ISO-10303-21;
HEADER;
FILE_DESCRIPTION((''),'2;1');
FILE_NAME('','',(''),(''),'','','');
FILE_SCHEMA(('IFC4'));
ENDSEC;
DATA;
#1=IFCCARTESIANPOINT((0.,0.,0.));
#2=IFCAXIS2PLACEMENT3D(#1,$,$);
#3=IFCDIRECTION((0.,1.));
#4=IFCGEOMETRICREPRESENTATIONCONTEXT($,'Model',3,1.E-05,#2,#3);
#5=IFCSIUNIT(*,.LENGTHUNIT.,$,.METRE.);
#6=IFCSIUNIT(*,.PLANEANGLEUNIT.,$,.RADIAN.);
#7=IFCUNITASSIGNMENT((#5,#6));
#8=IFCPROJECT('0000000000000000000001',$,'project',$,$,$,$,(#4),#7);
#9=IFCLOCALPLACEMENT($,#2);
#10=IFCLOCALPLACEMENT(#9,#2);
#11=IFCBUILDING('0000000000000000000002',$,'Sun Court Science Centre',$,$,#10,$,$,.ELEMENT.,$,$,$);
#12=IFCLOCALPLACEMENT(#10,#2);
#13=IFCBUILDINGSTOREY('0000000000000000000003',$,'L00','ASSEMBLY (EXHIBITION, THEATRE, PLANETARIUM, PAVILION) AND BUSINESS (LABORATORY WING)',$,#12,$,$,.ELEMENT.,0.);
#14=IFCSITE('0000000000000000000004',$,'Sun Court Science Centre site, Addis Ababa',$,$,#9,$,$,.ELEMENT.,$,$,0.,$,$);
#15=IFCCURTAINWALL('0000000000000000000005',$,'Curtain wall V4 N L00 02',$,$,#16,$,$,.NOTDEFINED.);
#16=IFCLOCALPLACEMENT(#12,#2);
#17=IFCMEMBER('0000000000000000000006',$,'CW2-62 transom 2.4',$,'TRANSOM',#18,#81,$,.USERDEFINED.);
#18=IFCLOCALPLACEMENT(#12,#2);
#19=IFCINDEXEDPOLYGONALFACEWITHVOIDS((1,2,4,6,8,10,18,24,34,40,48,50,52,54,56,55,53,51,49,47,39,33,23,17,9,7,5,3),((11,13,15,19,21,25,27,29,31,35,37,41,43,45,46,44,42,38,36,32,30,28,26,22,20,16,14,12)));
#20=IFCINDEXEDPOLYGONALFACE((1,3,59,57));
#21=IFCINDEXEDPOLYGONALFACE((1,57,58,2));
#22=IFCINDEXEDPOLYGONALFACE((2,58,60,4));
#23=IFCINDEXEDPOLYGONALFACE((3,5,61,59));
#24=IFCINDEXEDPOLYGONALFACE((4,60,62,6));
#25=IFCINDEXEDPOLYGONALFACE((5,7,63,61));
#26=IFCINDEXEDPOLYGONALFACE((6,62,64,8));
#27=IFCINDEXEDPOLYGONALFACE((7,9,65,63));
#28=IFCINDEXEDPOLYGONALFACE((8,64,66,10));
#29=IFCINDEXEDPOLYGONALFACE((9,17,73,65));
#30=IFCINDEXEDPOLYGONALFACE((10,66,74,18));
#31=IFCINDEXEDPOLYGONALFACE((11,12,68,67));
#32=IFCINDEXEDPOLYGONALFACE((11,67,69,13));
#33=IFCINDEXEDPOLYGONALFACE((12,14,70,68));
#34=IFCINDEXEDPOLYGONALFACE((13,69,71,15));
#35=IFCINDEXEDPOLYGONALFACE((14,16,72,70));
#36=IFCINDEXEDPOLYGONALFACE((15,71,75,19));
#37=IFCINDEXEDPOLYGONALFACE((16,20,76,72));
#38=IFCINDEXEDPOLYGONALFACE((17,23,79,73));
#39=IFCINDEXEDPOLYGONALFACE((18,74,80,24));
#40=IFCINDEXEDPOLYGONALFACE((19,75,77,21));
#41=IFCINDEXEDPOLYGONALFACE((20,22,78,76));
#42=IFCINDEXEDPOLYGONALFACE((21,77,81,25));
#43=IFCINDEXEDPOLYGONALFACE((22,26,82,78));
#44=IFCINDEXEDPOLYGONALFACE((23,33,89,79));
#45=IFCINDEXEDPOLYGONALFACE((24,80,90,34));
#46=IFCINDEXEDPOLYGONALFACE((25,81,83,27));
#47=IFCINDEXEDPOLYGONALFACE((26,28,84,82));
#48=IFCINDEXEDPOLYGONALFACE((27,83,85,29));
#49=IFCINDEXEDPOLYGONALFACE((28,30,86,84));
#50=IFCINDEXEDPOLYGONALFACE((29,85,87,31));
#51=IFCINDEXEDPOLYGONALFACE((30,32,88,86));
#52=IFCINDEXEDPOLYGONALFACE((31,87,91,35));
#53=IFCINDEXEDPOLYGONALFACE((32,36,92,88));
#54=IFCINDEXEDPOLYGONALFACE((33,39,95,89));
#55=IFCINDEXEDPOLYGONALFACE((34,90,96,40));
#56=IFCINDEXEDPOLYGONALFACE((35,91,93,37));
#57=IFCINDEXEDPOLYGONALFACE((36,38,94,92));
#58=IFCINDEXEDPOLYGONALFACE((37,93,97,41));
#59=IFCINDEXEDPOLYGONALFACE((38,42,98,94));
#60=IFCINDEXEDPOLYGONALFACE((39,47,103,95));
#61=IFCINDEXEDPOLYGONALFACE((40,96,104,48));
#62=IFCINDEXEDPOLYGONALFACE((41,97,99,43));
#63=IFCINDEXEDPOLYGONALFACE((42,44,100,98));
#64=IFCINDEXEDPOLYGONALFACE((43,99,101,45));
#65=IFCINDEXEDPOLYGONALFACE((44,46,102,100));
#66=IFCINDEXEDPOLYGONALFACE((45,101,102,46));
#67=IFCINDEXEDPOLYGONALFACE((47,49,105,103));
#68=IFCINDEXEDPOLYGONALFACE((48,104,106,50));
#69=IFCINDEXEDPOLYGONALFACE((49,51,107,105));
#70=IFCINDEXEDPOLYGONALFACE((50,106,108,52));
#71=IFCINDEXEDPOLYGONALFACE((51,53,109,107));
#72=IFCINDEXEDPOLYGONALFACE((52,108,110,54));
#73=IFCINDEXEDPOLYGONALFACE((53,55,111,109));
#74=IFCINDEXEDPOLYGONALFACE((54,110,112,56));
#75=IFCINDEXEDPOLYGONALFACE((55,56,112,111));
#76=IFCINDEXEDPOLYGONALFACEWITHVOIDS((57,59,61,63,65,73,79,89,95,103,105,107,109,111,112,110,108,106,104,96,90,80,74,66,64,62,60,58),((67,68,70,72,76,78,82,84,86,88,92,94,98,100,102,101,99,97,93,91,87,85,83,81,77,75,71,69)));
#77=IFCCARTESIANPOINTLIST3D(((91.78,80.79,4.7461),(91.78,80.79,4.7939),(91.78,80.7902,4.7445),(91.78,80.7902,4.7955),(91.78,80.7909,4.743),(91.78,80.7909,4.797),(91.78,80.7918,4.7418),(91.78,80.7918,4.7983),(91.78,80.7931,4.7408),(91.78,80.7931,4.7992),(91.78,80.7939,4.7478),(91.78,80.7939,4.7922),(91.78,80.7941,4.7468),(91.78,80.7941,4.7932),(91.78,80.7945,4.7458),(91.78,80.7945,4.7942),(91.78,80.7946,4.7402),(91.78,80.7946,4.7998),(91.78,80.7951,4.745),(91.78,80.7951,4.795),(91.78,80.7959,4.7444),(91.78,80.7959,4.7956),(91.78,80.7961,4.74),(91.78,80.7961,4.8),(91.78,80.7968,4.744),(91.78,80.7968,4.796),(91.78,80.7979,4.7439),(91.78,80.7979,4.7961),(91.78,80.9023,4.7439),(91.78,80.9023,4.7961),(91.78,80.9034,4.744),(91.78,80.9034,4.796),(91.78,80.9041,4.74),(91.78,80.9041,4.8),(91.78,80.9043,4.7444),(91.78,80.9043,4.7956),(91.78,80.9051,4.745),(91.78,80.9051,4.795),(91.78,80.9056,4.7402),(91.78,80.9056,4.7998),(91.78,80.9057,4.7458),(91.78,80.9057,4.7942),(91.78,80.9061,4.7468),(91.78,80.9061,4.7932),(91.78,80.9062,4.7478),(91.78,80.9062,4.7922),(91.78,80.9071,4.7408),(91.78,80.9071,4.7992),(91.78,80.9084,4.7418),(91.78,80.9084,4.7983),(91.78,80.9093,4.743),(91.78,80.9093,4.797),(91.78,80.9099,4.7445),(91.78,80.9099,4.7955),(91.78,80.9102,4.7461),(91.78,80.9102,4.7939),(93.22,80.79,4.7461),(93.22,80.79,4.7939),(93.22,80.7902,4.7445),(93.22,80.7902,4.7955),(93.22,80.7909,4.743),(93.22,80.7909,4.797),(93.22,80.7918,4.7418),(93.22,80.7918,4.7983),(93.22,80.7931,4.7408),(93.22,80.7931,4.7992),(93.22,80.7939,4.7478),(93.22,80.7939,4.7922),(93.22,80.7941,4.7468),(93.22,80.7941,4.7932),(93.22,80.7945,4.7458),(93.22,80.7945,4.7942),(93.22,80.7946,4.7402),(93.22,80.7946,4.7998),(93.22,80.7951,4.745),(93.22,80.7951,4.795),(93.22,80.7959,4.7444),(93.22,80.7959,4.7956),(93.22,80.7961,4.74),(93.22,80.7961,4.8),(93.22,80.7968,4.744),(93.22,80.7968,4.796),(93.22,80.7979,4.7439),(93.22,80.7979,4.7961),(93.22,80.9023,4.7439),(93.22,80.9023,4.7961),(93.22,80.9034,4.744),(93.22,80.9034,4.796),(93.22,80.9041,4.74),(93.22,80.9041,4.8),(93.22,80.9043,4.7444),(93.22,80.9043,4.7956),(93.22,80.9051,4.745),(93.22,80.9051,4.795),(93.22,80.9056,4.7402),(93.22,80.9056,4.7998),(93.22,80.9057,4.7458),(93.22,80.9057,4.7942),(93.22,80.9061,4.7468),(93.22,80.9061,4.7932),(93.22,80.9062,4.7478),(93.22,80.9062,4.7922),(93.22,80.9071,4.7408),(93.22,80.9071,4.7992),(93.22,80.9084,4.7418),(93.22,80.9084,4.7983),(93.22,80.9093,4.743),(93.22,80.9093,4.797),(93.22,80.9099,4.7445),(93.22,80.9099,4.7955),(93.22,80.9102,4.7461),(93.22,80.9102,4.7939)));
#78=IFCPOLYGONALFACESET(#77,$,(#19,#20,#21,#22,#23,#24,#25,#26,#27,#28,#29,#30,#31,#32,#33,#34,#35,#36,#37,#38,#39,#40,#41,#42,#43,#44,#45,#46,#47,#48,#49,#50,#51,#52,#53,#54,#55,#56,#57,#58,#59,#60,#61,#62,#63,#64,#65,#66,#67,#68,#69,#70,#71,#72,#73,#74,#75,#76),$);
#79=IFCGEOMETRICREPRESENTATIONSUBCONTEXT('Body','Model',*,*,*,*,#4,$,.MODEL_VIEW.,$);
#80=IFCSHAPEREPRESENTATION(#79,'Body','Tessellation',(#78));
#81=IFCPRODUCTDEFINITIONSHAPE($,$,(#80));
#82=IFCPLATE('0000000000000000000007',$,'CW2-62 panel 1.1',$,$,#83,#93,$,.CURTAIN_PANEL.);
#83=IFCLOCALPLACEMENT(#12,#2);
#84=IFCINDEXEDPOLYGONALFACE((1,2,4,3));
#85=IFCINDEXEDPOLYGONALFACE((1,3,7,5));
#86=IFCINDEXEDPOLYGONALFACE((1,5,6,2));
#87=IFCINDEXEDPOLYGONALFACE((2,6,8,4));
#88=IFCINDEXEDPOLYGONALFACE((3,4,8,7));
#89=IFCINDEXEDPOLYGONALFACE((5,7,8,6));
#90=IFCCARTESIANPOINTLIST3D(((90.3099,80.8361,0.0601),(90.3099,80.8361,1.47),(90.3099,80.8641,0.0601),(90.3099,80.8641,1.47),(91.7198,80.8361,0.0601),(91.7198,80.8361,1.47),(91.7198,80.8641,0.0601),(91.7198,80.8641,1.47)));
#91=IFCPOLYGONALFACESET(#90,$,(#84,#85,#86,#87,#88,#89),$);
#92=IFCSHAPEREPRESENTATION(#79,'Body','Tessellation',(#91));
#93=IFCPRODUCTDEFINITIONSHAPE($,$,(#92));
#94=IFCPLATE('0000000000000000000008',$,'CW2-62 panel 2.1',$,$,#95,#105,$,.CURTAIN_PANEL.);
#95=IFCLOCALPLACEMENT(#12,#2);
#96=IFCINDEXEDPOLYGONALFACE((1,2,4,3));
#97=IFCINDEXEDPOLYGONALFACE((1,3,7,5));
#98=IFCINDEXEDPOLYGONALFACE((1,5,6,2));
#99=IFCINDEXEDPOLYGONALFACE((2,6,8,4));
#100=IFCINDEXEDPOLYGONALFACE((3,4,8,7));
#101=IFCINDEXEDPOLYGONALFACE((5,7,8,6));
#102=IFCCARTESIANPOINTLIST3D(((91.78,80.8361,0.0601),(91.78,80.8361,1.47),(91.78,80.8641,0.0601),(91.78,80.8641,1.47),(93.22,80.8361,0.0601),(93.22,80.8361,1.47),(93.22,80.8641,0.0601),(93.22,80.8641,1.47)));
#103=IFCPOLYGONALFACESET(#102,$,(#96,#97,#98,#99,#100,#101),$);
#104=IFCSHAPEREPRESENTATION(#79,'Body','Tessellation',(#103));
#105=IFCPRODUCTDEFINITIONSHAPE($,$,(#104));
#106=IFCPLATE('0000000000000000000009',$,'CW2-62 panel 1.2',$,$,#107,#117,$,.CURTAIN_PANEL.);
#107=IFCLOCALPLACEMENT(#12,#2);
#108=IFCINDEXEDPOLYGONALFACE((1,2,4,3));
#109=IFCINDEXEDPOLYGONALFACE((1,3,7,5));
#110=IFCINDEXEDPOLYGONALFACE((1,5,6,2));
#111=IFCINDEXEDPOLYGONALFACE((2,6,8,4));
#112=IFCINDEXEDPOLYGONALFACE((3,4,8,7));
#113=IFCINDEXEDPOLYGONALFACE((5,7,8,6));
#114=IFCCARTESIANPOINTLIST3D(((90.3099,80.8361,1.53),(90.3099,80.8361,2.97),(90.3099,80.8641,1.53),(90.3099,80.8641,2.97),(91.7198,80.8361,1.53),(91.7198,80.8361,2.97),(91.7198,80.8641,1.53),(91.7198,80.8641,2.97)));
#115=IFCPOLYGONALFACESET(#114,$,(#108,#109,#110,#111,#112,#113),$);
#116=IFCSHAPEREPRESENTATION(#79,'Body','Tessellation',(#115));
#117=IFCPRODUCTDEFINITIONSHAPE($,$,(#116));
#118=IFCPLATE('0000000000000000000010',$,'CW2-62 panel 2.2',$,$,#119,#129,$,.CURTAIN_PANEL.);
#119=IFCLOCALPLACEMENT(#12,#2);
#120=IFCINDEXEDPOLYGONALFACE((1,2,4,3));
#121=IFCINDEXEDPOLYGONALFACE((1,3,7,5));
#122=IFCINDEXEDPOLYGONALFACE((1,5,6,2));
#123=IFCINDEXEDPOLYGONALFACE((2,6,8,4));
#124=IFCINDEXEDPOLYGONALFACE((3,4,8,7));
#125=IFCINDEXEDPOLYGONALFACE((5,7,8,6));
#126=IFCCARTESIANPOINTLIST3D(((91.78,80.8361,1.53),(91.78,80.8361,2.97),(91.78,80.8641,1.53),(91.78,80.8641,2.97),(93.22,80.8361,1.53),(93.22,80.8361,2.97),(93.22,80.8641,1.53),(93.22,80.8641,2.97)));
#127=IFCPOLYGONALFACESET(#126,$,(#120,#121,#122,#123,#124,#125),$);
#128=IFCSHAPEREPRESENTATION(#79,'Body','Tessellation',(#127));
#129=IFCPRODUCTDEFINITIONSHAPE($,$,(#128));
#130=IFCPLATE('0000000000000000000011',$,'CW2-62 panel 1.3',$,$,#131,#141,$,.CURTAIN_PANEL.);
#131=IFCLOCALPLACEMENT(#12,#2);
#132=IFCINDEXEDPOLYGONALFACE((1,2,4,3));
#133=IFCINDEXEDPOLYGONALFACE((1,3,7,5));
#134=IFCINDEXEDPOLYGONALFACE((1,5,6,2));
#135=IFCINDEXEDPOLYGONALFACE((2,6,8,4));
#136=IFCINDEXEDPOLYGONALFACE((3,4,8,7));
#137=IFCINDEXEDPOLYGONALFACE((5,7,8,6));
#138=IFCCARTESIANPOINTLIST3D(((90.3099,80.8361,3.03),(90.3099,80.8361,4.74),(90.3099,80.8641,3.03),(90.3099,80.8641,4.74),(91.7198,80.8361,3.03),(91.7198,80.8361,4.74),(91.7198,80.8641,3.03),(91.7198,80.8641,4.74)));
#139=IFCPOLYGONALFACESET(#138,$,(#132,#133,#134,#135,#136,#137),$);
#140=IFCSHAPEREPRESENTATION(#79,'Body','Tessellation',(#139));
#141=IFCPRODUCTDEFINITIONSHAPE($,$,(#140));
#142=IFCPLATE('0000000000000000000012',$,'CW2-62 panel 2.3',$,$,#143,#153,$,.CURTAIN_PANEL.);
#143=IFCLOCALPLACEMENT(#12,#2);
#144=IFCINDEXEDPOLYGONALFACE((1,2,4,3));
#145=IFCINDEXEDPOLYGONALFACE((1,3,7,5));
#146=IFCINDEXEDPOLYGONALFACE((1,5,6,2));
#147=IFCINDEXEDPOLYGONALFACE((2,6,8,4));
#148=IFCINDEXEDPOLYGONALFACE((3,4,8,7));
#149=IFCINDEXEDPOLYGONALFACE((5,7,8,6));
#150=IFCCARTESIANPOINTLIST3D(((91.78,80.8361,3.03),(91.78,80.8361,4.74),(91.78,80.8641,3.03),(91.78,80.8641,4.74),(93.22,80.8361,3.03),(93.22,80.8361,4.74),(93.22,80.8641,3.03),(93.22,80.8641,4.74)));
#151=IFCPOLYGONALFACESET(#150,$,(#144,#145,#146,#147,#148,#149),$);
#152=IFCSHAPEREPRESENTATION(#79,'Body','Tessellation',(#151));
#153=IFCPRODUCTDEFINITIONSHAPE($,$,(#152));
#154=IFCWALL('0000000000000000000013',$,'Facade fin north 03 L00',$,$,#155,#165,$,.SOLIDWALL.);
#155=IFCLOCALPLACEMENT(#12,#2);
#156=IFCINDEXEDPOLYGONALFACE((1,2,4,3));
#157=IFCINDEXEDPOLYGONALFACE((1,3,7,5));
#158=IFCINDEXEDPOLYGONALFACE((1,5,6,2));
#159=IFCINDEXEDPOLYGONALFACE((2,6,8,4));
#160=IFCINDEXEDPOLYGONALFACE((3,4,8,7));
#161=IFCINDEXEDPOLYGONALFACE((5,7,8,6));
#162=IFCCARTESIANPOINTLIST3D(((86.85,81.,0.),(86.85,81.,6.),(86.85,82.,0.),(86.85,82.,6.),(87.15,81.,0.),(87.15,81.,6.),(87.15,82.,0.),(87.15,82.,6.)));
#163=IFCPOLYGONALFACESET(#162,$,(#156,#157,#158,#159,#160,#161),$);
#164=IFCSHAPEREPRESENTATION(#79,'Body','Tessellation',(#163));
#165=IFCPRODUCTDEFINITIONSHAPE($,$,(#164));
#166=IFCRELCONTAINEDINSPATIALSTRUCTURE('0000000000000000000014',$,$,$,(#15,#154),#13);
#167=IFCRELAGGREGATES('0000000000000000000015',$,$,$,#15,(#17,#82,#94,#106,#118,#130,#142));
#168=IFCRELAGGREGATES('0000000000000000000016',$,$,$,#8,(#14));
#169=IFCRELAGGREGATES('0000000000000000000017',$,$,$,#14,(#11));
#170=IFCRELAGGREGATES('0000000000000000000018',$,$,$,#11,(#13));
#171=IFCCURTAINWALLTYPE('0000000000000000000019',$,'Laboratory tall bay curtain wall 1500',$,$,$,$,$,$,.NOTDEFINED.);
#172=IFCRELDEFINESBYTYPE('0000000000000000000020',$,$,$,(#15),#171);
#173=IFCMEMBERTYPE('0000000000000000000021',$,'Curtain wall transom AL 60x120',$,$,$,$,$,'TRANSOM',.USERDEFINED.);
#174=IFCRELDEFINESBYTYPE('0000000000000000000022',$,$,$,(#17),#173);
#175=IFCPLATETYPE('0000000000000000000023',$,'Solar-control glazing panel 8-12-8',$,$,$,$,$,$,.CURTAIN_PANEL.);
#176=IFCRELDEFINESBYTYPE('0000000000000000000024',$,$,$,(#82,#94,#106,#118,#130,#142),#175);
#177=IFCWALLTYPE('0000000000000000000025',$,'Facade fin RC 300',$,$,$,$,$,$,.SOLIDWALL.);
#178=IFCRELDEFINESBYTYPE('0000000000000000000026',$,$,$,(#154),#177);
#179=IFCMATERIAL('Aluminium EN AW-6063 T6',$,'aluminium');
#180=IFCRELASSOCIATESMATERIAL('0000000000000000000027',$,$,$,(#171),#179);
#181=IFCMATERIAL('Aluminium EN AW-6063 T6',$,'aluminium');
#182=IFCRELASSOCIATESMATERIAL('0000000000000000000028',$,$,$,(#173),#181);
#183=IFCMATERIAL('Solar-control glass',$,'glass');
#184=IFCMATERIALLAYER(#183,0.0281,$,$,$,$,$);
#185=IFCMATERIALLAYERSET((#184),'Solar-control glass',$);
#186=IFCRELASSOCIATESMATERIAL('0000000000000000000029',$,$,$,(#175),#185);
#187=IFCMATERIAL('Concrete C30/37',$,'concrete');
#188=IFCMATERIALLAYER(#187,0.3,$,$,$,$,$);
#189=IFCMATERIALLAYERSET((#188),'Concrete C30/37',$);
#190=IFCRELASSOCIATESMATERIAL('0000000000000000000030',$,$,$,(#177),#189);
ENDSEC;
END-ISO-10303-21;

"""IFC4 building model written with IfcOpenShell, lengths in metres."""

from ifc_helpers import new_model, si_unit, direction, frame, frame_2d, origin, origin_2d, place, context, subcontext, project, spatial, rectangle, hollow_rectangle, extrude, material, layer, layer_set, material_profile, profile_set, type_object, element, aggregate, save


model = new_model("IFC4")

# Units and contexts
model_context = context("Model", 3, precision=1e-05, world=origin(), true_north=direction((0.0, 1.0)))
body_context = subcontext(model_context, "Body", "Model", "MODEL_VIEW")
ifc_project = project(units=[si_unit("LENGTHUNIT", "METRE"), si_unit("PLANEANGLEUNIT", "RADIAN")], contexts=[model_context])

# Site, building, storey
site_placement = place(None, origin())
site = spatial("IfcSite", under=ifc_project, at=site_placement, Name="Sun Court Science Centre site, Addis Ababa", CompositionType="ELEMENT", RefElevation=0.0)
building_placement = place(site_placement, origin())
building = spatial("IfcBuilding", under=site, at=building_placement, Name="Sun Court Science Centre", CompositionType="ELEMENT")
storey_placement = place(building_placement, origin())
storey = spatial("IfcBuildingStorey", under=building, at=storey_placement, Name="L00", Description="ASSEMBLY (EXHIBITION, THEATRE, PLANETARIUM, PAVILION) AND BUSINESS (LABORATORY WING)", CompositionType="ELEMENT", Elevation=0.0)

# Curtain wall, member, plates
ifc_material_1 = material(Name="Aluminium EN AW-6063 T6", Category="aluminium")
curtain_wall_type = type_object("IfcCurtainWallType", Name="Laboratory tall bay curtain wall 1500", PredefinedType="NOTDEFINED", material=ifc_material_1)
curtain_wall_placement = place(storey_placement, origin())
curtain_wall = element("IfcCurtainWall", 1, at=curtain_wall_placement, inside=storey, type_object=curtain_wall_type, Name="Curtain wall V4 N L00 02", PredefinedType="NOTDEFINED")
ifc_material_2 = material(Name="Aluminium EN AW-6063 T6", Category="aluminium")
ifc_material_profile_1 = material_profile(ifc_material_2, hollow_rectangle(XDim=0.0601, YDim=0.1201, WallThickness=0.0039, InnerFilletRadius=0.0039, OuterFilletRadius=0.0061, at=origin_2d()), Name="AL 60x120x4")
ifc_profile_set_1 = profile_set([ifc_material_profile_1], Name="Aluminium EN AW-6063 T6")
member_type_1 = type_object("IfcMemberType", Name="Curtain wall transom AL 60x120", ElementType="TRANSOM", PredefinedType="USERDEFINED", material=ifc_profile_set_1)
member_1_placement = place(storey_placement, frame((91.78, 80.8501, 4.77), z_axis=(1.0, 0.0, 0.0), x_axis=(0.0, 0.0, 1.0)))
member_1 = element("IfcMember", 2, at=member_1_placement, type_object=member_type_1, Name="CW2-62 transom 2.4", ObjectType="TRANSOM", PredefinedType="USERDEFINED", context=body_context, shape_type="SweptSolid", body=[
    extrude(hollow_rectangle(XDim=0.0601, YDim=0.1201, WallThickness=0.0039, InnerFilletRadius=0.0039, OuterFilletRadius=0.0061, at=origin_2d()), origin(), (0.0, 0.0, 1.0), 1.4399),
])
ifc_material_3 = material(Name="Solar-control glass", Category="glass")
ifc_layer_1 = layer(ifc_material_3, 0.0281)
ifc_layer_set_1 = layer_set([ifc_layer_1], Name="Solar-control glass")
plate_type = type_object("IfcPlateType", Name="Solar-control glazing panel 8-12-8", PredefinedType="CURTAIN_PANEL", material=ifc_layer_set_1)
plate_1_placement = place(storey_placement, frame((91.0149, 80.8501, 0.0601), z_axis=(0.0, 0.0, 1.0), x_axis=(1.0, 0.0, 0.0)))
plate_1 = element("IfcPlate", 3, at=plate_1_placement, type_object=plate_type, Name="CW2-62 panel 1.1", PredefinedType="CURTAIN_PANEL", context=body_context, shape_type="SweptSolid", body=[
    extrude(rectangle(XDim=1.4099, YDim=0.0281, at=origin_2d()), origin(), (0.0, 0.0, 1.0), 1.4099),
])
plate_2_placement = place(storey_placement, frame((92.5, 80.8501, 0.0601), z_axis=(0.0, 0.0, 1.0), x_axis=(1.0, 0.0, 0.0)))
plate_2 = element("IfcPlate", 4, at=plate_2_placement, type_object=plate_type, Name="CW2-62 panel 2.1", PredefinedType="CURTAIN_PANEL", context=body_context, shape_type="SweptSolid", body=[
    extrude(rectangle(XDim=1.4399, YDim=0.0281, at=origin_2d()), origin(), (0.0, 0.0, 1.0), 1.4099),
])
plate_3_placement = place(storey_placement, frame((91.0149, 80.8501, 1.53), z_axis=(0.0, 0.0, 1.0), x_axis=(1.0, 0.0, 0.0)))
plate_3 = element("IfcPlate", 5, at=plate_3_placement, type_object=plate_type, Name="CW2-62 panel 1.2", PredefinedType="CURTAIN_PANEL", context=body_context, shape_type="SweptSolid", body=[
    extrude(rectangle(XDim=1.4099, YDim=0.0281, at=origin_2d()), origin(), (0.0, 0.0, 1.0), 1.4399),
])
plate_4_placement = place(storey_placement, frame((92.5, 80.8501, 1.53), z_axis=(0.0, 0.0, 1.0), x_axis=(1.0, 0.0, 0.0)))
plate_4 = element("IfcPlate", 6, at=plate_4_placement, type_object=plate_type, Name="CW2-62 panel 2.2", PredefinedType="CURTAIN_PANEL", context=body_context, shape_type="SweptSolid", body=[
    extrude(rectangle(XDim=1.4399, YDim=0.0281, at=origin_2d()), origin(), (0.0, 0.0, 1.0), 1.4399),
])
plate_5_placement = place(storey_placement, frame((91.0149, 80.8501, 3.03), z_axis=(0.0, 0.0, 1.0), x_axis=(1.0, 0.0, 0.0)))
plate_5 = element("IfcPlate", 7, at=plate_5_placement, type_object=plate_type, Name="CW2-62 panel 1.3", PredefinedType="CURTAIN_PANEL", context=body_context, shape_type="SweptSolid", body=[
    extrude(rectangle(XDim=1.4099, YDim=0.0281, at=origin_2d()), origin(), (0.0, 0.0, 1.0), 1.71),
])
plate_6_placement = place(storey_placement, frame((92.5, 80.8501, 3.03), z_axis=(0.0, 0.0, 1.0), x_axis=(1.0, 0.0, 0.0)))
plate_6 = element("IfcPlate", 8, at=plate_6_placement, type_object=plate_type, Name="CW2-62 panel 2.3", PredefinedType="CURTAIN_PANEL", context=body_context, shape_type="SweptSolid", body=[
    extrude(rectangle(XDim=1.4399, YDim=0.0281, at=origin_2d()), origin(), (0.0, 0.0, 1.0), 1.71),
])
aggregate(curtain_wall, [member_1, plate_1, plate_2, plate_3, plate_4, plate_5, plate_6])

# Wall
ifc_material_4 = material(Name="Concrete C30/37", Category="concrete")
ifc_layer_2 = layer(ifc_material_4, 0.3)
ifc_layer_set_2 = layer_set([ifc_layer_2], Name="Concrete C30/37")
wall_type_1 = type_object("IfcWallType", Name="Facade fin RC 300", PredefinedType="SOLIDWALL", material=ifc_layer_set_2)
wall_1_placement = place(storey_placement, frame((87.0, 81.0, 0.0), z_axis=(0.0, 0.0, 1.0), x_axis=(0.0, 1.0, 0.0)))
element("IfcWall", 9, at=wall_1_placement, inside=storey, type_object=wall_type_1, Name="Facade fin north 03 L00", PredefinedType="SOLIDWALL", context=body_context, shape_type="SweptSolid", body=[
    extrude(rectangle(XDim=1.0, YDim=0.3, at=frame_2d((0.5, 0.0))), origin(), (0.0, 0.0, 1.0), 6.0),
])

save(model, "model.ifc")
